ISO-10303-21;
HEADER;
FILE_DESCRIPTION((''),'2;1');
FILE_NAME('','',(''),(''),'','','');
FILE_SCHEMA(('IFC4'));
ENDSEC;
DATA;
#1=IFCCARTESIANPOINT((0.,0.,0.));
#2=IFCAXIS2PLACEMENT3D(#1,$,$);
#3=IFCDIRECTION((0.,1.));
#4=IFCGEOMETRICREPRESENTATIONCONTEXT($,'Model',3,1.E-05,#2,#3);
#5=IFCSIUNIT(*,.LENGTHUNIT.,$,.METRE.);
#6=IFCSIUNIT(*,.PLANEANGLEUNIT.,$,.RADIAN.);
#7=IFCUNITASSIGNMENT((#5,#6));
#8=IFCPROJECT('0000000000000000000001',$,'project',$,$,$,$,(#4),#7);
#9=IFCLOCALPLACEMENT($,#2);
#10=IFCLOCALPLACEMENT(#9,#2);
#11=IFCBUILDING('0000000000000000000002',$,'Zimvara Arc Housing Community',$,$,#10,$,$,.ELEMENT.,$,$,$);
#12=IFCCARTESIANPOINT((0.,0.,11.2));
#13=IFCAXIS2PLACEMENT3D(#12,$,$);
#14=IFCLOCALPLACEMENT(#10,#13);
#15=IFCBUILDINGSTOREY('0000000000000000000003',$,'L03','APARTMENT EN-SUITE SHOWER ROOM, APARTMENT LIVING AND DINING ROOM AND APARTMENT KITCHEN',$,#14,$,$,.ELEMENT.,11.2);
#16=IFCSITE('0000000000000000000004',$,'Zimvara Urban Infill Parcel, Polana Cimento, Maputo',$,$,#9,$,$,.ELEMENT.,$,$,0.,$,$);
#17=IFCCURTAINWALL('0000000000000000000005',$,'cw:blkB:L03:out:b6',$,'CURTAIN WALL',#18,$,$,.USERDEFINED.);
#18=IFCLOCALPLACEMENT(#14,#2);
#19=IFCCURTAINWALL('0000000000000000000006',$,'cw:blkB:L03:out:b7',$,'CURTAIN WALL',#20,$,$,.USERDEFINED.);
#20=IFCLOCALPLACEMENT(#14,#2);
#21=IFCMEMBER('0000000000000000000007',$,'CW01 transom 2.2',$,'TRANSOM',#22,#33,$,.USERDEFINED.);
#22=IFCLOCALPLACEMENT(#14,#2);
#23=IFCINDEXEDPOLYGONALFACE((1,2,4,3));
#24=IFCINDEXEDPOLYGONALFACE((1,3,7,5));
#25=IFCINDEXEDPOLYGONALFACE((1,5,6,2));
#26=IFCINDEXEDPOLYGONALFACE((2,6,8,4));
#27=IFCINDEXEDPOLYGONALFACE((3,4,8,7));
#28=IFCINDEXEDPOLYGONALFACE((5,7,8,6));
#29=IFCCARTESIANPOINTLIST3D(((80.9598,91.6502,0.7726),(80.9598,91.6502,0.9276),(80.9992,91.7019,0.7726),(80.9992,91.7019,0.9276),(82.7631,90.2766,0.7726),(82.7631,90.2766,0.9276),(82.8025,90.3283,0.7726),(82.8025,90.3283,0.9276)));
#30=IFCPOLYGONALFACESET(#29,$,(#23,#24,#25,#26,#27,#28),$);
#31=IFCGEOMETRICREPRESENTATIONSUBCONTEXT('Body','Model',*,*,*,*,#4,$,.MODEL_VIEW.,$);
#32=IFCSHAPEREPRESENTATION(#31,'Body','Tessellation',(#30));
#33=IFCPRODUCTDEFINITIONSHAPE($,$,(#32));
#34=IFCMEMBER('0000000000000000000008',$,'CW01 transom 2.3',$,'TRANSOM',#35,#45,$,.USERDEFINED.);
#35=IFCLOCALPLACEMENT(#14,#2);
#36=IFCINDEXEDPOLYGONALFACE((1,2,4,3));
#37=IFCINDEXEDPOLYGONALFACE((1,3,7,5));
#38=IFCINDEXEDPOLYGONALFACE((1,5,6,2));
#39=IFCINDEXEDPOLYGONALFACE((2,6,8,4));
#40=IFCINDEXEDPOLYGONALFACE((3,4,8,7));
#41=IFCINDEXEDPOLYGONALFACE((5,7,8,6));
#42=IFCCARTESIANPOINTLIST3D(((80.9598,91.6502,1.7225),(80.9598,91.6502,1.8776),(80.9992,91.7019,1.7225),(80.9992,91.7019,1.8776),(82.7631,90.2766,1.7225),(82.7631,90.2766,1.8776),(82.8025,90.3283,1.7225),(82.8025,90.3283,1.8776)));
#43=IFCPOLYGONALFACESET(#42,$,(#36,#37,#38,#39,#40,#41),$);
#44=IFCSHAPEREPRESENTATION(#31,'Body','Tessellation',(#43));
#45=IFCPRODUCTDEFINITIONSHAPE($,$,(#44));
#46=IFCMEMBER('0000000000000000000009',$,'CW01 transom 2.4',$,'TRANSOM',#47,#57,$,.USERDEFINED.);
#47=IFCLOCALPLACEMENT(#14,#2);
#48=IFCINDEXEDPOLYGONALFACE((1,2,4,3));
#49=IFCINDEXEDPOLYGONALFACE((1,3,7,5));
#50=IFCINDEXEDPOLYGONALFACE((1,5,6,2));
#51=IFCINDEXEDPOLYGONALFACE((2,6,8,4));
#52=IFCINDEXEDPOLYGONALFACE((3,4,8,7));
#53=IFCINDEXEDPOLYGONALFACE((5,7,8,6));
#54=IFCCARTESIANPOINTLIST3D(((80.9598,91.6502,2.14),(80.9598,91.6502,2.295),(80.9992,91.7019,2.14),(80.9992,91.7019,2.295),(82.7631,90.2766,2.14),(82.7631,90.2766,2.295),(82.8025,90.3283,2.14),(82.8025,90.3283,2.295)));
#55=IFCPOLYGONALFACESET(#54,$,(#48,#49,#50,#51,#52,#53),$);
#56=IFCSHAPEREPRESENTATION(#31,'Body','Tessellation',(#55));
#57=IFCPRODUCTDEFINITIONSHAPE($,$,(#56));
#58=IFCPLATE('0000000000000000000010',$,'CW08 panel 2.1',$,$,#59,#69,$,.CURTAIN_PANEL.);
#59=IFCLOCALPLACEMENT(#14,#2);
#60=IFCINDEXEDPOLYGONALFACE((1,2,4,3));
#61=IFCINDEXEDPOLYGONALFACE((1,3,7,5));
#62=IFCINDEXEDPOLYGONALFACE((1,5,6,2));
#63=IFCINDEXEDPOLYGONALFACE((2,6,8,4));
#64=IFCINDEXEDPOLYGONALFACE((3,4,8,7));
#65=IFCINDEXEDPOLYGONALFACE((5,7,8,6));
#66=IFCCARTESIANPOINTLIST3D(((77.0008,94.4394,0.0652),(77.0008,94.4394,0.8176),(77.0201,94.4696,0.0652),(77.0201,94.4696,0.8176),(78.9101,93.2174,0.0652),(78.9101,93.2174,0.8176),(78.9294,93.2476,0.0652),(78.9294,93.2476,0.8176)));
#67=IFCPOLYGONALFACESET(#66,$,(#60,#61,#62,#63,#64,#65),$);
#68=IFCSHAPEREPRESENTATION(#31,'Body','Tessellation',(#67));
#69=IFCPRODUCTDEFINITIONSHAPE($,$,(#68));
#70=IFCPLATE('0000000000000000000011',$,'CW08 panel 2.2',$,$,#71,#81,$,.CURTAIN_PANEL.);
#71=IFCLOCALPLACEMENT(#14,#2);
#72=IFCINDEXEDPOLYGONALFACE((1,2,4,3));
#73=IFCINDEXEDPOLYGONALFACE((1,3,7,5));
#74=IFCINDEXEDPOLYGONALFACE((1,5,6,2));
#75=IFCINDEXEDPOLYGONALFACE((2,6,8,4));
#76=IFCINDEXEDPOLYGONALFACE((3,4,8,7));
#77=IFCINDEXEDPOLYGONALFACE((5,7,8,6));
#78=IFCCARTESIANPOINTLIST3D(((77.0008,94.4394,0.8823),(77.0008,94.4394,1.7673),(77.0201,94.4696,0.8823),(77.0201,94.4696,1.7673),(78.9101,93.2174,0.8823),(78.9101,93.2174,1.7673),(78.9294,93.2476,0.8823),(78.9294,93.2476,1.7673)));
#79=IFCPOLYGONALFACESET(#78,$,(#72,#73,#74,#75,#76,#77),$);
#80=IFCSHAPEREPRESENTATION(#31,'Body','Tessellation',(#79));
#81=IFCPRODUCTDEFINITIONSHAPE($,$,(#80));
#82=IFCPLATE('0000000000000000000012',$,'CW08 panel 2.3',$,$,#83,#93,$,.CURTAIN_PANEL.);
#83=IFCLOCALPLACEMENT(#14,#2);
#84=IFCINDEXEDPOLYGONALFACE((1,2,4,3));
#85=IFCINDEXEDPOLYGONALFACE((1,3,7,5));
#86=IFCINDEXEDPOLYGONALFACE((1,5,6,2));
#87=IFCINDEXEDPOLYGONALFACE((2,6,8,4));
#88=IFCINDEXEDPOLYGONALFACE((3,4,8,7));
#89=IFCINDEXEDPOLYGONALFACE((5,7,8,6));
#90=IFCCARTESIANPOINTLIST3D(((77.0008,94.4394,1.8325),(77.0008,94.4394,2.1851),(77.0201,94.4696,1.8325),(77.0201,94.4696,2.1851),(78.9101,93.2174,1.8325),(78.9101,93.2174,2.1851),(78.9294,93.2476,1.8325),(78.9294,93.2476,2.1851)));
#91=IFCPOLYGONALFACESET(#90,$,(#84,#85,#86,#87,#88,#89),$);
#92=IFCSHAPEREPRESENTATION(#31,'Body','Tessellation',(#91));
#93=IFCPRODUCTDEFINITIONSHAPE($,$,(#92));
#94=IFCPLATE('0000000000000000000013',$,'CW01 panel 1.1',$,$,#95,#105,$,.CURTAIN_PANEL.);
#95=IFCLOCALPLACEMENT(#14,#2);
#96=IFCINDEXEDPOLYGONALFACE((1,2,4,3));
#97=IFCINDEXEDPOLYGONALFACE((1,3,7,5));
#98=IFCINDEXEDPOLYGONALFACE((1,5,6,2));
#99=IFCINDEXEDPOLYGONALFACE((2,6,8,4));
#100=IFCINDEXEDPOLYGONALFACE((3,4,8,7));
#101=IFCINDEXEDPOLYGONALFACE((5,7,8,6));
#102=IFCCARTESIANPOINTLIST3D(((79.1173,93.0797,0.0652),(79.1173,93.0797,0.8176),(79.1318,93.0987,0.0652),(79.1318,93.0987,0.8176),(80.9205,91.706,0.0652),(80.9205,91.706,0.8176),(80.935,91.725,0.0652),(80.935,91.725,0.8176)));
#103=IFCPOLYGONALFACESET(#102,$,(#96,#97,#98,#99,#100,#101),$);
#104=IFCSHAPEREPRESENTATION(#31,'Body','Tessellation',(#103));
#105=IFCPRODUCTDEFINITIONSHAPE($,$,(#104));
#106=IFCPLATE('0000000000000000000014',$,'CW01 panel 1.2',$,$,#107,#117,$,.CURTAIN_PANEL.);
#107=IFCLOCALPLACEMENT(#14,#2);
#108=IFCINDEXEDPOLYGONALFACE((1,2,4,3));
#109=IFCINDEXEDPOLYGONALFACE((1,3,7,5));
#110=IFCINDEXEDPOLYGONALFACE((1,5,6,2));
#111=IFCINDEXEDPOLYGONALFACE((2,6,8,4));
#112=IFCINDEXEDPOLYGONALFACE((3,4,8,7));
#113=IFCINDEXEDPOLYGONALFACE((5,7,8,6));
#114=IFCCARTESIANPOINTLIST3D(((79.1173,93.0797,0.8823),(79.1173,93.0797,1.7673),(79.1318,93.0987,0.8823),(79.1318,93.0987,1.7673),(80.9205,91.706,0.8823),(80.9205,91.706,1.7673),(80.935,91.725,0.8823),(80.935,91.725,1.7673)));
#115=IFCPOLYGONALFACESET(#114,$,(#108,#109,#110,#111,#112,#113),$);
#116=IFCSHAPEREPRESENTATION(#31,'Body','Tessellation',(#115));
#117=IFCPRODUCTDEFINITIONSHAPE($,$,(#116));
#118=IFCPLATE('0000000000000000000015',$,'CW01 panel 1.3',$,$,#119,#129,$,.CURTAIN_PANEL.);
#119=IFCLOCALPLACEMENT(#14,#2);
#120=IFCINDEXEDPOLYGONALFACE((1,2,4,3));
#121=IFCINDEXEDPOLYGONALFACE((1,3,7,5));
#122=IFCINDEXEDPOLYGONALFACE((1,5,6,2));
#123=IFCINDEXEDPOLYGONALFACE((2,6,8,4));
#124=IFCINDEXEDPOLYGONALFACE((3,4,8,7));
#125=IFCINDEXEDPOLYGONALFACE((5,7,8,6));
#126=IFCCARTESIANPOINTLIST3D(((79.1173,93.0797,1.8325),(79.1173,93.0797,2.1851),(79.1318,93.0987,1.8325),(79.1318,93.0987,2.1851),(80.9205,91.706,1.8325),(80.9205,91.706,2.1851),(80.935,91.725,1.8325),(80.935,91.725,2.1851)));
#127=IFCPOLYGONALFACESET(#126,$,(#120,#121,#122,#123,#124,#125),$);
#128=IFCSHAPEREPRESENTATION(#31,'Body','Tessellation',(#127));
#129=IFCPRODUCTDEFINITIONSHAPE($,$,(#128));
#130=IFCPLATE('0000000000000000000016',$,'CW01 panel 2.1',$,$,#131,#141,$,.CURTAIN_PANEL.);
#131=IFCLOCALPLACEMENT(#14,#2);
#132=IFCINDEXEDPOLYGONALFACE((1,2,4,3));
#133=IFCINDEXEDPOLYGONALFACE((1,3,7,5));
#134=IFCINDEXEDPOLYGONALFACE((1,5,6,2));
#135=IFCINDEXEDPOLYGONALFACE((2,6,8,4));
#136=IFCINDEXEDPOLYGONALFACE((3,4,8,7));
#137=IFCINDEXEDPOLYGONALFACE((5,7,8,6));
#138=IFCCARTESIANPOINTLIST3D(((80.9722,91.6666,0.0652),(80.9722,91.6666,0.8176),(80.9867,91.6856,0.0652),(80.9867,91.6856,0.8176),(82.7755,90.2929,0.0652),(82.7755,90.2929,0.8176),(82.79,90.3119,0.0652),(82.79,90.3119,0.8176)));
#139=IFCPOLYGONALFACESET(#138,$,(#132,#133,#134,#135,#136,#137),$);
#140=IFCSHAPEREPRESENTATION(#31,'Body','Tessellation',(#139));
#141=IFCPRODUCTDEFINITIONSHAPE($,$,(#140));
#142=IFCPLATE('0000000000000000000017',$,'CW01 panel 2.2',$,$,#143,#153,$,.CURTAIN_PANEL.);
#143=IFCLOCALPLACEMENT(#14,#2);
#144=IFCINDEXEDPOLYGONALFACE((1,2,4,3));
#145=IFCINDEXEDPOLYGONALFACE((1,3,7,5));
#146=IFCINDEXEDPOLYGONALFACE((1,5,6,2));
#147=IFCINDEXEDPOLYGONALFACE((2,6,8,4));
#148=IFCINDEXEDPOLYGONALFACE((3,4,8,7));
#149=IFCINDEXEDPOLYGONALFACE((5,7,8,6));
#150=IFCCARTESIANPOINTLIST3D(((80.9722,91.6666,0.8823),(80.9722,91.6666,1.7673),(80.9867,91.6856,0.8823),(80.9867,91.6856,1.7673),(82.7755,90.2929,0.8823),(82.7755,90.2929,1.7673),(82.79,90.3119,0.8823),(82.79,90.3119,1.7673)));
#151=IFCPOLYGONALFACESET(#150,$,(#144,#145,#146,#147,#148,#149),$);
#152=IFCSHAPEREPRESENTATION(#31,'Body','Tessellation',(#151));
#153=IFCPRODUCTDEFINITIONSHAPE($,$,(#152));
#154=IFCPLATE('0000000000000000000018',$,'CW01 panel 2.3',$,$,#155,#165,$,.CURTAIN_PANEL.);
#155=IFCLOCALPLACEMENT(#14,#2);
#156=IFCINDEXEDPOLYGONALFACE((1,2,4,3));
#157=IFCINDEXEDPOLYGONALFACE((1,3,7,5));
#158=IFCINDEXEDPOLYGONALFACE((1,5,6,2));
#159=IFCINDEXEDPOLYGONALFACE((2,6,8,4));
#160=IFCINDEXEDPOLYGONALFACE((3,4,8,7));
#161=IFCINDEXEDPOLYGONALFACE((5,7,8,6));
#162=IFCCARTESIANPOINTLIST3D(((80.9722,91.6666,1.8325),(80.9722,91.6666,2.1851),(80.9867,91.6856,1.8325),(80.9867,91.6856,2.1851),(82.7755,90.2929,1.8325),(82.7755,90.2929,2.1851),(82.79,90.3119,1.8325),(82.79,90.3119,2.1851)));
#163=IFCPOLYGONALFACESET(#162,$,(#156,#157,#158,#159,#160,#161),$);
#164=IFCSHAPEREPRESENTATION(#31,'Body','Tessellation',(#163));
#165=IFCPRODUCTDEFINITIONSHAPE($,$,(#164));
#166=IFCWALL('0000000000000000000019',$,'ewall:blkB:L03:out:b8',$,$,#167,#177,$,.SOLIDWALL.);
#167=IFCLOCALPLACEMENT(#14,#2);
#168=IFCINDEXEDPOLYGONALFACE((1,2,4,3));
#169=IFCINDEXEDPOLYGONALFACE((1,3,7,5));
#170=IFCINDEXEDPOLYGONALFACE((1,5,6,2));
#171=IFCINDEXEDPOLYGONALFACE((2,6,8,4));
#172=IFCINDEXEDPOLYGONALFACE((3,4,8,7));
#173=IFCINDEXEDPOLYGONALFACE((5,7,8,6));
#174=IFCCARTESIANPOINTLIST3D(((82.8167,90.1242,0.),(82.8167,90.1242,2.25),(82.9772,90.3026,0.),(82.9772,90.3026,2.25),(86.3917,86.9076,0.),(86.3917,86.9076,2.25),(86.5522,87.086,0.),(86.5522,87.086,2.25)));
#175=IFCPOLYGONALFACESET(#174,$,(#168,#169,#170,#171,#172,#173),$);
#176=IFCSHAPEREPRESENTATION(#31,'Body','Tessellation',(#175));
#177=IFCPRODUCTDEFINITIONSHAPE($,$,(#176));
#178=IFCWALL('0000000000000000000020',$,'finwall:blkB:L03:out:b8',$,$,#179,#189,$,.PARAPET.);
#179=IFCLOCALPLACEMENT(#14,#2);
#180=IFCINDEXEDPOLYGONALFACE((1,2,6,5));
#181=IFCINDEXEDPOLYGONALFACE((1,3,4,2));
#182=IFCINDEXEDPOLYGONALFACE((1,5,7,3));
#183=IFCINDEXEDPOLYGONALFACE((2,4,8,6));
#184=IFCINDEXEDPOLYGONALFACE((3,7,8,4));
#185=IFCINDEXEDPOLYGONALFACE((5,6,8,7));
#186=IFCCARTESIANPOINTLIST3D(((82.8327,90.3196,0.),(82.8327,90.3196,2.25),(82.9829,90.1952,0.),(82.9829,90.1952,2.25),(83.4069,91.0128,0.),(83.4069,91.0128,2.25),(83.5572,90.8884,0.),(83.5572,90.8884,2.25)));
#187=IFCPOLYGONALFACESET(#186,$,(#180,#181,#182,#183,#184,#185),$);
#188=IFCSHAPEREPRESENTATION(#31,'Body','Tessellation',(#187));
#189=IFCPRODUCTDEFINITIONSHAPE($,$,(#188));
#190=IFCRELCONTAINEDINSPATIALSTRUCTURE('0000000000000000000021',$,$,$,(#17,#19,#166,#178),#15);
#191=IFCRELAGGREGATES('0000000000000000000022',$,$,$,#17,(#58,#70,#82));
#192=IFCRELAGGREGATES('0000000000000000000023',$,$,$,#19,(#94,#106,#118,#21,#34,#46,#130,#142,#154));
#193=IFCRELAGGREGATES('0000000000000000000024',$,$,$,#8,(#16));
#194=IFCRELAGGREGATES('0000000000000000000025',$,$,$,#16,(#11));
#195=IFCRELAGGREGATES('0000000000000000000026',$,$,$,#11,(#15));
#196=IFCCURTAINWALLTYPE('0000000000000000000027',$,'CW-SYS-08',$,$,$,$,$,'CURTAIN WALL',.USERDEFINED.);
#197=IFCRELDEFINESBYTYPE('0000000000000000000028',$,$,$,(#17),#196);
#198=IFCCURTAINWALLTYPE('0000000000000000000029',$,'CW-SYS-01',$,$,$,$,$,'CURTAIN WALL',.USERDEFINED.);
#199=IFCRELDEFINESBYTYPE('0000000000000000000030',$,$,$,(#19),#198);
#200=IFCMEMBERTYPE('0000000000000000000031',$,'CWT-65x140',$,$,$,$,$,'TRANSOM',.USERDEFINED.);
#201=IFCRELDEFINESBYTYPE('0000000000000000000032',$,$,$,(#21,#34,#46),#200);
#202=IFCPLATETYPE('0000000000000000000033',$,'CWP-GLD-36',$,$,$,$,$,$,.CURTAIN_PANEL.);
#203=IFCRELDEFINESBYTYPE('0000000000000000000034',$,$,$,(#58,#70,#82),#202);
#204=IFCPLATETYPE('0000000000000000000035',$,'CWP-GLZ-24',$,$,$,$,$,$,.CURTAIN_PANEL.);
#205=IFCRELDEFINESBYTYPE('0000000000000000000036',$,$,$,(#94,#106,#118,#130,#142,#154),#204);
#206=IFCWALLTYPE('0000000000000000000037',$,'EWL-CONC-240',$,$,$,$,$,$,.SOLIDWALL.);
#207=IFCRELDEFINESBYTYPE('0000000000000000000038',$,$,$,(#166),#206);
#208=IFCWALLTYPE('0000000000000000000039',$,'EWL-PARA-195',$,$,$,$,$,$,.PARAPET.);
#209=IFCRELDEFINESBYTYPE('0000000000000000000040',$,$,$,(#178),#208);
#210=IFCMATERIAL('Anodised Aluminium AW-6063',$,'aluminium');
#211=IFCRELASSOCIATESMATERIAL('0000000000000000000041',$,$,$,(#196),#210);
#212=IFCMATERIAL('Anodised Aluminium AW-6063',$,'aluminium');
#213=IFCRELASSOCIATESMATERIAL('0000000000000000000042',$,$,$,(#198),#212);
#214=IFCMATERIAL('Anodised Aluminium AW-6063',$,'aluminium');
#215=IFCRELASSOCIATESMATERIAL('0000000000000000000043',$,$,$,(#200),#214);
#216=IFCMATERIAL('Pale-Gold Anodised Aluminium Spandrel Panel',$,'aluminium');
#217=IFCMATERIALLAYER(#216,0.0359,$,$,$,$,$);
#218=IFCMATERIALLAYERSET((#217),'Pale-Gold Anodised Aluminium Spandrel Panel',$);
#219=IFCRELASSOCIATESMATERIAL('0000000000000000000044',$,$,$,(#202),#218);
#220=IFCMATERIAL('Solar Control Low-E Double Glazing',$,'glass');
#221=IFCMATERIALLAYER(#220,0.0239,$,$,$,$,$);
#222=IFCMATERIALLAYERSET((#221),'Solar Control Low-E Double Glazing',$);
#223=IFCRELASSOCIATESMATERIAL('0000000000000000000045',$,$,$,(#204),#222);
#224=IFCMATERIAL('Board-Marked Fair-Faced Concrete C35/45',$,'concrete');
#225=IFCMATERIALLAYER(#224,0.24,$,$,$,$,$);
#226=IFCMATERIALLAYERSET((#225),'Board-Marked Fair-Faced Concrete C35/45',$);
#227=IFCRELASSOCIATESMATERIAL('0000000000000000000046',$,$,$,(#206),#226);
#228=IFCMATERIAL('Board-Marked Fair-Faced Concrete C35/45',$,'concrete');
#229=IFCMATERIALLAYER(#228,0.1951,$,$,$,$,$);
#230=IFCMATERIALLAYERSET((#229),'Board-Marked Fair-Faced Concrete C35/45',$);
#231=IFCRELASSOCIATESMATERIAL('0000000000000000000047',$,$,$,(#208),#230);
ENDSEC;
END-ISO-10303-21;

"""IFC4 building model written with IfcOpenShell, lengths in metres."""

from ifc_helpers import new_model, si_unit, direction, frame, frame_2d, origin, origin_2d, place, context, subcontext, project, spatial, rectangle, extrude, material, layer, layer_set, material_profile, profile_set, type_object, element, aggregate, save


model = new_model("IFC4")

# Units and contexts
model_context = context("Model", 3, precision=1e-05, world=origin(), true_north=direction((0.0, 1.0)))
body_context = subcontext(model_context, "Body", "Model", "MODEL_VIEW")
ifc_project = project(units=[si_unit("LENGTHUNIT", "METRE"), si_unit("PLANEANGLEUNIT", "RADIAN")], contexts=[model_context])

# Site, building, storey
site_placement = place(None, origin())
site = spatial("IfcSite", under=ifc_project, at=site_placement, Name="Zimvara Urban Infill Parcel, Polana Cimento, Maputo", CompositionType="ELEMENT", RefElevation=0.0)
building_placement = place(site_placement, origin())
building = spatial("IfcBuilding", under=site, at=building_placement, Name="Zimvara Arc Housing Community", CompositionType="ELEMENT")
storey_placement = place(building_placement, frame((0.0, 0.0, 11.2)))
storey = spatial("IfcBuildingStorey", under=building, at=storey_placement, Name="L03", Description="APARTMENT EN-SUITE SHOWER ROOM, APARTMENT LIVING AND DINING ROOM AND APARTMENT KITCHEN", CompositionType="ELEMENT", Elevation=11.2)

# Curtain wall
ifc_material_1 = material(Name="Anodised Aluminium AW-6063", Category="aluminium")
curtain_wall_type_1 = type_object("IfcCurtainWallType", Name="CW-SYS-08", ElementType="CURTAIN WALL", PredefinedType="USERDEFINED", material=ifc_material_1)
curtain_wall_1_placement = place(storey_placement, origin())
curtain_wall_1 = element("IfcCurtainWall", 1, at=curtain_wall_1_placement, inside=storey, type_object=curtain_wall_type_1, Name="cw:blkB:L03:out:b6", ObjectType="CURTAIN WALL", PredefinedType="USERDEFINED")

# Curtain wall, members
ifc_material_2 = material(Name="Anodised Aluminium AW-6063", Category="aluminium")
curtain_wall_type_2 = type_object("IfcCurtainWallType", Name="CW-SYS-01", ElementType="CURTAIN WALL", PredefinedType="USERDEFINED", material=ifc_material_2)
curtain_wall_2_placement = place(storey_placement, origin())
curtain_wall_2 = element("IfcCurtainWall", 2, at=curtain_wall_2_placement, inside=storey, type_object=curtain_wall_type_2, Name="cw:blkB:L03:out:b7", ObjectType="CURTAIN WALL", PredefinedType="USERDEFINED")
ifc_material_3 = material(Name="Anodised Aluminium AW-6063", Category="aluminium")
ifc_material_profile_1 = material_profile(ifc_material_3, rectangle(XDim=0.0649, YDim=0.155, at=origin_2d()), Name="ALU 65x155")
ifc_profile_set_1 = profile_set([ifc_material_profile_1], Name="Anodised Aluminium AW-6063")
member_type_1 = type_object("IfcMemberType", Name="CWT-65x140", ElementType="TRANSOM", PredefinedType="USERDEFINED", material=ifc_profile_set_1)
member_1_placement = place(storey_placement, frame((80.9795, 91.676, 0.8501), z_axis=(0.795506, -0.605946, 0.0), x_axis=(0.605946, 0.795506, 0.0)))
member_1 = element("IfcMember", 3, at=member_1_placement, type_object=member_type_1, Name="CW01 transom 2.2", ObjectType="TRANSOM", PredefinedType="USERDEFINED", context=body_context, shape_type="SweptSolid", body=[
    extrude(rectangle(XDim=0.0649, YDim=0.155, at=origin_2d()), origin(), (0.0, 0.0, 1.0), 2.2668),
])
member_2_placement = place(storey_placement, frame((80.9795, 91.676, 1.8), z_axis=(0.795506, -0.605946, 0.0), x_axis=(0.605946, 0.795506, 0.0)))
member_2 = element("IfcMember", 4, at=member_2_placement, type_object=member_type_1, Name="CW01 transom 2.3", ObjectType="TRANSOM", PredefinedType="USERDEFINED", context=body_context, shape_type="SweptSolid", body=[
    extrude(rectangle(XDim=0.0649, YDim=0.155, at=origin_2d()), origin(), (0.0, 0.0, 1.0), 2.2668),
])
member_3_placement = place(storey_placement, frame((80.9795, 91.676, 2.2175), z_axis=(0.795506, -0.605946, 0.0), x_axis=(0.605946, 0.795506, 0.0)))
member_3 = element("IfcMember", 5, at=member_3_placement, type_object=member_type_1, Name="CW01 transom 2.4", ObjectType="TRANSOM", PredefinedType="USERDEFINED", context=body_context, shape_type="SweptSolid", body=[
    extrude(rectangle(XDim=0.0649, YDim=0.155, at=origin_2d()), origin(), (0.0, 0.0, 1.0), 2.2668),
])

# Plates
ifc_material_4 = material(Name="Pale-Gold Anodised Aluminium Spandrel Panel", Category="aluminium")
ifc_layer_1 = layer(ifc_material_4, 0.0359)
ifc_layer_set_1 = layer_set([ifc_layer_1], Name="Pale-Gold Anodised Aluminium Spandrel Panel")
plate_type_1 = type_object("IfcPlateType", Name="CWP-GLD-36", PredefinedType="CURTAIN_PANEL", material=ifc_layer_set_1)
plate_1_placement = place(storey_placement, frame((77.9651, 93.8435, 0.0652), z_axis=(0.0, 0.0, 1.0), x_axis=(0.842264, -0.539065, 0.0)))
plate_1 = element("IfcPlate", 6, at=plate_1_placement, type_object=plate_type_1, Name="CW08 panel 2.1", PredefinedType="CURTAIN_PANEL", context=body_context, shape_type="SweptSolid", body=[
    extrude(rectangle(XDim=2.2668, YDim=0.0359, at=origin_2d()), origin(), (0.0, 0.0, 1.0), 0.7524),
])
plate_2_placement = place(storey_placement, frame((77.9651, 93.8435, 0.8823), z_axis=(0.0, 0.0, 1.0), x_axis=(0.842264, -0.539065, 0.0)))
plate_2 = element("IfcPlate", 7, at=plate_2_placement, type_object=plate_type_1, Name="CW08 panel 2.2", PredefinedType="CURTAIN_PANEL", context=body_context, shape_type="SweptSolid", body=[
    extrude(rectangle(XDim=2.2668, YDim=0.0359, at=origin_2d()), origin(), (0.0, 0.0, 1.0), 0.885),
])
plate_3_placement = place(storey_placement, frame((77.9651, 93.8435, 1.8325), z_axis=(0.0, 0.0, 1.0), x_axis=(0.842264, -0.539065, 0.0)))
plate_3 = element("IfcPlate", 8, at=plate_3_placement, type_object=plate_type_1, Name="CW08 panel 2.3", PredefinedType="CURTAIN_PANEL", context=body_context, shape_type="SweptSolid", body=[
    extrude(rectangle(XDim=2.2668, YDim=0.0359, at=origin_2d()), origin(), (0.0, 0.0, 1.0), 0.3525),
])
aggregate(curtain_wall_1, [plate_1, plate_2, plate_3])
ifc_material_5 = material(Name="Solar Control Low-E Double Glazing", Category="glass")
ifc_layer_2 = layer(ifc_material_5, 0.0239)
ifc_layer_set_2 = layer_set([ifc_layer_2], Name="Solar Control Low-E Double Glazing")
plate_type_2 = type_object("IfcPlateType", Name="CWP-GLZ-24", PredefinedType="CURTAIN_PANEL", material=ifc_layer_set_2)
plate_4_placement = place(storey_placement, frame((80.0261, 92.4023, 0.0652), z_axis=(0.0, 0.0, 1.0), x_axis=(0.795474, -0.605988, 0.0)))
plate_4 = element("IfcPlate", 9, at=plate_4_placement, type_object=plate_type_2, Name="CW01 panel 1.1", PredefinedType="CURTAIN_PANEL", context=body_context, shape_type="SweptSolid", body=[
    extrude(rectangle(XDim=2.2668, YDim=0.0239, at=origin_2d()), origin(), (0.0, 0.0, 1.0), 0.7524),
])
plate_5_placement = place(storey_placement, frame((80.0261, 92.4023, 0.8823), z_axis=(0.0, 0.0, 1.0), x_axis=(0.795474, -0.605988, 0.0)))
plate_5 = element("IfcPlate", 10, at=plate_5_placement, type_object=plate_type_2, Name="CW01 panel 1.2", PredefinedType="CURTAIN_PANEL", context=body_context, shape_type="SweptSolid", body=[
    extrude(rectangle(XDim=2.2668, YDim=0.0239, at=origin_2d()), origin(), (0.0, 0.0, 1.0), 0.885),
])
plate_6_placement = place(storey_placement, frame((80.0261, 92.4023, 1.8325), z_axis=(0.0, 0.0, 1.0), x_axis=(0.795474, -0.605988, 0.0)))
plate_6 = element("IfcPlate", 11, at=plate_6_placement, type_object=plate_type_2, Name="CW01 panel 1.3", PredefinedType="CURTAIN_PANEL", context=body_context, shape_type="SweptSolid", body=[
    extrude(rectangle(XDim=2.2668, YDim=0.0239, at=origin_2d()), origin(), (0.0, 0.0, 1.0), 0.3525),
])
plate_7_placement = place(storey_placement, frame((81.8811, 90.9893, 0.0652), z_axis=(0.0, 0.0, 1.0), x_axis=(0.795474, -0.605988, 0.0)))
plate_7 = element("IfcPlate", 12, at=plate_7_placement, type_object=plate_type_2, Name="CW01 panel 2.1", PredefinedType="CURTAIN_PANEL", context=body_context, shape_type="SweptSolid", body=[
    extrude(rectangle(XDim=2.2668, YDim=0.0239, at=origin_2d()), origin(), (0.0, 0.0, 1.0), 0.7524),
])
plate_8_placement = place(storey_placement, frame((81.8811, 90.9893, 0.8823), z_axis=(0.0, 0.0, 1.0), x_axis=(0.795474, -0.605988, 0.0)))
plate_8 = element("IfcPlate", 13, at=plate_8_placement, type_object=plate_type_2, Name="CW01 panel 2.2", PredefinedType="CURTAIN_PANEL", context=body_context, shape_type="SweptSolid", body=[
    extrude(rectangle(XDim=2.2668, YDim=0.0239, at=origin_2d()), origin(), (0.0, 0.0, 1.0), 0.885),
])
plate_9_placement = place(storey_placement, frame((81.8811, 90.9893, 1.8325), z_axis=(0.0, 0.0, 1.0), x_axis=(0.795474, -0.605988, 0.0)))
plate_9 = element("IfcPlate", 14, at=plate_9_placement, type_object=plate_type_2, Name="CW01 panel 2.3", PredefinedType="CURTAIN_PANEL", context=body_context, shape_type="SweptSolid", body=[
    extrude(rectangle(XDim=2.2668, YDim=0.0239, at=origin_2d()), origin(), (0.0, 0.0, 1.0), 0.3525),
])
aggregate(curtain_wall_2, [plate_4, plate_5, plate_6, member_1, member_2, member_3, plate_7, plate_8, plate_9])

# Walls
ifc_material_6 = material(Name="Board-Marked Fair-Faced Concrete C35/45", Category="concrete")
ifc_layer_3 = layer(ifc_material_6, 0.24)
ifc_layer_set_3 = layer_set([ifc_layer_3], Name="Board-Marked Fair-Faced Concrete C35/45")
wall_type_1 = type_object("IfcWallType", Name="EWL-CONC-240", PredefinedType="SOLIDWALL", material=ifc_layer_set_3)
wall_1_placement = place(storey_placement, frame((82.897, 90.2134, 0.0), z_axis=(0.0, 0.0, 1.0), x_axis=(0.743388, -0.668861, 0.0)))
element("IfcWall", 15, at=wall_1_placement, inside=storey, type_object=wall_type_1, Name="ewall:blkB:L03:out:b8", PredefinedType="SOLIDWALL", context=body_context, shape_type="SweptSolid", body=[
    extrude(rectangle(XDim=4.8091, YDim=0.24, at=frame_2d((2.4045, 0.0))), origin(), (0.0, 0.0, 1.0), 2.25),
])
ifc_material_7 = material(Name="Board-Marked Fair-Faced Concrete C35/45", Category="concrete")
ifc_layer_4 = layer(ifc_material_7, 0.1951)
ifc_layer_set_4 = layer_set([ifc_layer_4], Name="Board-Marked Fair-Faced Concrete C35/45")
wall_type_2 = type_object("IfcWallType", Name="EWL-PARA-195", PredefinedType="PARAPET", material=ifc_layer_set_4)
wall_2_placement = place(storey_placement, frame((82.9077, 90.2573, 0.0), z_axis=(0.0, 0.0, 1.0), x_axis=(0.637967, 0.770063, 0.0)))
element("IfcWall", 16, at=wall_2_placement, inside=storey, type_object=wall_type_2, Name="finwall:blkB:L03:out:b8", PredefinedType="PARAPET", context=body_context, shape_type="SweptSolid", body=[
    extrude(rectangle(XDim=0.9001, YDim=0.1951, at=frame_2d((0.4502, 0.0))), origin(), (0.0, 0.0, 1.0), 2.25),
])

save(model, "model.ifc")
